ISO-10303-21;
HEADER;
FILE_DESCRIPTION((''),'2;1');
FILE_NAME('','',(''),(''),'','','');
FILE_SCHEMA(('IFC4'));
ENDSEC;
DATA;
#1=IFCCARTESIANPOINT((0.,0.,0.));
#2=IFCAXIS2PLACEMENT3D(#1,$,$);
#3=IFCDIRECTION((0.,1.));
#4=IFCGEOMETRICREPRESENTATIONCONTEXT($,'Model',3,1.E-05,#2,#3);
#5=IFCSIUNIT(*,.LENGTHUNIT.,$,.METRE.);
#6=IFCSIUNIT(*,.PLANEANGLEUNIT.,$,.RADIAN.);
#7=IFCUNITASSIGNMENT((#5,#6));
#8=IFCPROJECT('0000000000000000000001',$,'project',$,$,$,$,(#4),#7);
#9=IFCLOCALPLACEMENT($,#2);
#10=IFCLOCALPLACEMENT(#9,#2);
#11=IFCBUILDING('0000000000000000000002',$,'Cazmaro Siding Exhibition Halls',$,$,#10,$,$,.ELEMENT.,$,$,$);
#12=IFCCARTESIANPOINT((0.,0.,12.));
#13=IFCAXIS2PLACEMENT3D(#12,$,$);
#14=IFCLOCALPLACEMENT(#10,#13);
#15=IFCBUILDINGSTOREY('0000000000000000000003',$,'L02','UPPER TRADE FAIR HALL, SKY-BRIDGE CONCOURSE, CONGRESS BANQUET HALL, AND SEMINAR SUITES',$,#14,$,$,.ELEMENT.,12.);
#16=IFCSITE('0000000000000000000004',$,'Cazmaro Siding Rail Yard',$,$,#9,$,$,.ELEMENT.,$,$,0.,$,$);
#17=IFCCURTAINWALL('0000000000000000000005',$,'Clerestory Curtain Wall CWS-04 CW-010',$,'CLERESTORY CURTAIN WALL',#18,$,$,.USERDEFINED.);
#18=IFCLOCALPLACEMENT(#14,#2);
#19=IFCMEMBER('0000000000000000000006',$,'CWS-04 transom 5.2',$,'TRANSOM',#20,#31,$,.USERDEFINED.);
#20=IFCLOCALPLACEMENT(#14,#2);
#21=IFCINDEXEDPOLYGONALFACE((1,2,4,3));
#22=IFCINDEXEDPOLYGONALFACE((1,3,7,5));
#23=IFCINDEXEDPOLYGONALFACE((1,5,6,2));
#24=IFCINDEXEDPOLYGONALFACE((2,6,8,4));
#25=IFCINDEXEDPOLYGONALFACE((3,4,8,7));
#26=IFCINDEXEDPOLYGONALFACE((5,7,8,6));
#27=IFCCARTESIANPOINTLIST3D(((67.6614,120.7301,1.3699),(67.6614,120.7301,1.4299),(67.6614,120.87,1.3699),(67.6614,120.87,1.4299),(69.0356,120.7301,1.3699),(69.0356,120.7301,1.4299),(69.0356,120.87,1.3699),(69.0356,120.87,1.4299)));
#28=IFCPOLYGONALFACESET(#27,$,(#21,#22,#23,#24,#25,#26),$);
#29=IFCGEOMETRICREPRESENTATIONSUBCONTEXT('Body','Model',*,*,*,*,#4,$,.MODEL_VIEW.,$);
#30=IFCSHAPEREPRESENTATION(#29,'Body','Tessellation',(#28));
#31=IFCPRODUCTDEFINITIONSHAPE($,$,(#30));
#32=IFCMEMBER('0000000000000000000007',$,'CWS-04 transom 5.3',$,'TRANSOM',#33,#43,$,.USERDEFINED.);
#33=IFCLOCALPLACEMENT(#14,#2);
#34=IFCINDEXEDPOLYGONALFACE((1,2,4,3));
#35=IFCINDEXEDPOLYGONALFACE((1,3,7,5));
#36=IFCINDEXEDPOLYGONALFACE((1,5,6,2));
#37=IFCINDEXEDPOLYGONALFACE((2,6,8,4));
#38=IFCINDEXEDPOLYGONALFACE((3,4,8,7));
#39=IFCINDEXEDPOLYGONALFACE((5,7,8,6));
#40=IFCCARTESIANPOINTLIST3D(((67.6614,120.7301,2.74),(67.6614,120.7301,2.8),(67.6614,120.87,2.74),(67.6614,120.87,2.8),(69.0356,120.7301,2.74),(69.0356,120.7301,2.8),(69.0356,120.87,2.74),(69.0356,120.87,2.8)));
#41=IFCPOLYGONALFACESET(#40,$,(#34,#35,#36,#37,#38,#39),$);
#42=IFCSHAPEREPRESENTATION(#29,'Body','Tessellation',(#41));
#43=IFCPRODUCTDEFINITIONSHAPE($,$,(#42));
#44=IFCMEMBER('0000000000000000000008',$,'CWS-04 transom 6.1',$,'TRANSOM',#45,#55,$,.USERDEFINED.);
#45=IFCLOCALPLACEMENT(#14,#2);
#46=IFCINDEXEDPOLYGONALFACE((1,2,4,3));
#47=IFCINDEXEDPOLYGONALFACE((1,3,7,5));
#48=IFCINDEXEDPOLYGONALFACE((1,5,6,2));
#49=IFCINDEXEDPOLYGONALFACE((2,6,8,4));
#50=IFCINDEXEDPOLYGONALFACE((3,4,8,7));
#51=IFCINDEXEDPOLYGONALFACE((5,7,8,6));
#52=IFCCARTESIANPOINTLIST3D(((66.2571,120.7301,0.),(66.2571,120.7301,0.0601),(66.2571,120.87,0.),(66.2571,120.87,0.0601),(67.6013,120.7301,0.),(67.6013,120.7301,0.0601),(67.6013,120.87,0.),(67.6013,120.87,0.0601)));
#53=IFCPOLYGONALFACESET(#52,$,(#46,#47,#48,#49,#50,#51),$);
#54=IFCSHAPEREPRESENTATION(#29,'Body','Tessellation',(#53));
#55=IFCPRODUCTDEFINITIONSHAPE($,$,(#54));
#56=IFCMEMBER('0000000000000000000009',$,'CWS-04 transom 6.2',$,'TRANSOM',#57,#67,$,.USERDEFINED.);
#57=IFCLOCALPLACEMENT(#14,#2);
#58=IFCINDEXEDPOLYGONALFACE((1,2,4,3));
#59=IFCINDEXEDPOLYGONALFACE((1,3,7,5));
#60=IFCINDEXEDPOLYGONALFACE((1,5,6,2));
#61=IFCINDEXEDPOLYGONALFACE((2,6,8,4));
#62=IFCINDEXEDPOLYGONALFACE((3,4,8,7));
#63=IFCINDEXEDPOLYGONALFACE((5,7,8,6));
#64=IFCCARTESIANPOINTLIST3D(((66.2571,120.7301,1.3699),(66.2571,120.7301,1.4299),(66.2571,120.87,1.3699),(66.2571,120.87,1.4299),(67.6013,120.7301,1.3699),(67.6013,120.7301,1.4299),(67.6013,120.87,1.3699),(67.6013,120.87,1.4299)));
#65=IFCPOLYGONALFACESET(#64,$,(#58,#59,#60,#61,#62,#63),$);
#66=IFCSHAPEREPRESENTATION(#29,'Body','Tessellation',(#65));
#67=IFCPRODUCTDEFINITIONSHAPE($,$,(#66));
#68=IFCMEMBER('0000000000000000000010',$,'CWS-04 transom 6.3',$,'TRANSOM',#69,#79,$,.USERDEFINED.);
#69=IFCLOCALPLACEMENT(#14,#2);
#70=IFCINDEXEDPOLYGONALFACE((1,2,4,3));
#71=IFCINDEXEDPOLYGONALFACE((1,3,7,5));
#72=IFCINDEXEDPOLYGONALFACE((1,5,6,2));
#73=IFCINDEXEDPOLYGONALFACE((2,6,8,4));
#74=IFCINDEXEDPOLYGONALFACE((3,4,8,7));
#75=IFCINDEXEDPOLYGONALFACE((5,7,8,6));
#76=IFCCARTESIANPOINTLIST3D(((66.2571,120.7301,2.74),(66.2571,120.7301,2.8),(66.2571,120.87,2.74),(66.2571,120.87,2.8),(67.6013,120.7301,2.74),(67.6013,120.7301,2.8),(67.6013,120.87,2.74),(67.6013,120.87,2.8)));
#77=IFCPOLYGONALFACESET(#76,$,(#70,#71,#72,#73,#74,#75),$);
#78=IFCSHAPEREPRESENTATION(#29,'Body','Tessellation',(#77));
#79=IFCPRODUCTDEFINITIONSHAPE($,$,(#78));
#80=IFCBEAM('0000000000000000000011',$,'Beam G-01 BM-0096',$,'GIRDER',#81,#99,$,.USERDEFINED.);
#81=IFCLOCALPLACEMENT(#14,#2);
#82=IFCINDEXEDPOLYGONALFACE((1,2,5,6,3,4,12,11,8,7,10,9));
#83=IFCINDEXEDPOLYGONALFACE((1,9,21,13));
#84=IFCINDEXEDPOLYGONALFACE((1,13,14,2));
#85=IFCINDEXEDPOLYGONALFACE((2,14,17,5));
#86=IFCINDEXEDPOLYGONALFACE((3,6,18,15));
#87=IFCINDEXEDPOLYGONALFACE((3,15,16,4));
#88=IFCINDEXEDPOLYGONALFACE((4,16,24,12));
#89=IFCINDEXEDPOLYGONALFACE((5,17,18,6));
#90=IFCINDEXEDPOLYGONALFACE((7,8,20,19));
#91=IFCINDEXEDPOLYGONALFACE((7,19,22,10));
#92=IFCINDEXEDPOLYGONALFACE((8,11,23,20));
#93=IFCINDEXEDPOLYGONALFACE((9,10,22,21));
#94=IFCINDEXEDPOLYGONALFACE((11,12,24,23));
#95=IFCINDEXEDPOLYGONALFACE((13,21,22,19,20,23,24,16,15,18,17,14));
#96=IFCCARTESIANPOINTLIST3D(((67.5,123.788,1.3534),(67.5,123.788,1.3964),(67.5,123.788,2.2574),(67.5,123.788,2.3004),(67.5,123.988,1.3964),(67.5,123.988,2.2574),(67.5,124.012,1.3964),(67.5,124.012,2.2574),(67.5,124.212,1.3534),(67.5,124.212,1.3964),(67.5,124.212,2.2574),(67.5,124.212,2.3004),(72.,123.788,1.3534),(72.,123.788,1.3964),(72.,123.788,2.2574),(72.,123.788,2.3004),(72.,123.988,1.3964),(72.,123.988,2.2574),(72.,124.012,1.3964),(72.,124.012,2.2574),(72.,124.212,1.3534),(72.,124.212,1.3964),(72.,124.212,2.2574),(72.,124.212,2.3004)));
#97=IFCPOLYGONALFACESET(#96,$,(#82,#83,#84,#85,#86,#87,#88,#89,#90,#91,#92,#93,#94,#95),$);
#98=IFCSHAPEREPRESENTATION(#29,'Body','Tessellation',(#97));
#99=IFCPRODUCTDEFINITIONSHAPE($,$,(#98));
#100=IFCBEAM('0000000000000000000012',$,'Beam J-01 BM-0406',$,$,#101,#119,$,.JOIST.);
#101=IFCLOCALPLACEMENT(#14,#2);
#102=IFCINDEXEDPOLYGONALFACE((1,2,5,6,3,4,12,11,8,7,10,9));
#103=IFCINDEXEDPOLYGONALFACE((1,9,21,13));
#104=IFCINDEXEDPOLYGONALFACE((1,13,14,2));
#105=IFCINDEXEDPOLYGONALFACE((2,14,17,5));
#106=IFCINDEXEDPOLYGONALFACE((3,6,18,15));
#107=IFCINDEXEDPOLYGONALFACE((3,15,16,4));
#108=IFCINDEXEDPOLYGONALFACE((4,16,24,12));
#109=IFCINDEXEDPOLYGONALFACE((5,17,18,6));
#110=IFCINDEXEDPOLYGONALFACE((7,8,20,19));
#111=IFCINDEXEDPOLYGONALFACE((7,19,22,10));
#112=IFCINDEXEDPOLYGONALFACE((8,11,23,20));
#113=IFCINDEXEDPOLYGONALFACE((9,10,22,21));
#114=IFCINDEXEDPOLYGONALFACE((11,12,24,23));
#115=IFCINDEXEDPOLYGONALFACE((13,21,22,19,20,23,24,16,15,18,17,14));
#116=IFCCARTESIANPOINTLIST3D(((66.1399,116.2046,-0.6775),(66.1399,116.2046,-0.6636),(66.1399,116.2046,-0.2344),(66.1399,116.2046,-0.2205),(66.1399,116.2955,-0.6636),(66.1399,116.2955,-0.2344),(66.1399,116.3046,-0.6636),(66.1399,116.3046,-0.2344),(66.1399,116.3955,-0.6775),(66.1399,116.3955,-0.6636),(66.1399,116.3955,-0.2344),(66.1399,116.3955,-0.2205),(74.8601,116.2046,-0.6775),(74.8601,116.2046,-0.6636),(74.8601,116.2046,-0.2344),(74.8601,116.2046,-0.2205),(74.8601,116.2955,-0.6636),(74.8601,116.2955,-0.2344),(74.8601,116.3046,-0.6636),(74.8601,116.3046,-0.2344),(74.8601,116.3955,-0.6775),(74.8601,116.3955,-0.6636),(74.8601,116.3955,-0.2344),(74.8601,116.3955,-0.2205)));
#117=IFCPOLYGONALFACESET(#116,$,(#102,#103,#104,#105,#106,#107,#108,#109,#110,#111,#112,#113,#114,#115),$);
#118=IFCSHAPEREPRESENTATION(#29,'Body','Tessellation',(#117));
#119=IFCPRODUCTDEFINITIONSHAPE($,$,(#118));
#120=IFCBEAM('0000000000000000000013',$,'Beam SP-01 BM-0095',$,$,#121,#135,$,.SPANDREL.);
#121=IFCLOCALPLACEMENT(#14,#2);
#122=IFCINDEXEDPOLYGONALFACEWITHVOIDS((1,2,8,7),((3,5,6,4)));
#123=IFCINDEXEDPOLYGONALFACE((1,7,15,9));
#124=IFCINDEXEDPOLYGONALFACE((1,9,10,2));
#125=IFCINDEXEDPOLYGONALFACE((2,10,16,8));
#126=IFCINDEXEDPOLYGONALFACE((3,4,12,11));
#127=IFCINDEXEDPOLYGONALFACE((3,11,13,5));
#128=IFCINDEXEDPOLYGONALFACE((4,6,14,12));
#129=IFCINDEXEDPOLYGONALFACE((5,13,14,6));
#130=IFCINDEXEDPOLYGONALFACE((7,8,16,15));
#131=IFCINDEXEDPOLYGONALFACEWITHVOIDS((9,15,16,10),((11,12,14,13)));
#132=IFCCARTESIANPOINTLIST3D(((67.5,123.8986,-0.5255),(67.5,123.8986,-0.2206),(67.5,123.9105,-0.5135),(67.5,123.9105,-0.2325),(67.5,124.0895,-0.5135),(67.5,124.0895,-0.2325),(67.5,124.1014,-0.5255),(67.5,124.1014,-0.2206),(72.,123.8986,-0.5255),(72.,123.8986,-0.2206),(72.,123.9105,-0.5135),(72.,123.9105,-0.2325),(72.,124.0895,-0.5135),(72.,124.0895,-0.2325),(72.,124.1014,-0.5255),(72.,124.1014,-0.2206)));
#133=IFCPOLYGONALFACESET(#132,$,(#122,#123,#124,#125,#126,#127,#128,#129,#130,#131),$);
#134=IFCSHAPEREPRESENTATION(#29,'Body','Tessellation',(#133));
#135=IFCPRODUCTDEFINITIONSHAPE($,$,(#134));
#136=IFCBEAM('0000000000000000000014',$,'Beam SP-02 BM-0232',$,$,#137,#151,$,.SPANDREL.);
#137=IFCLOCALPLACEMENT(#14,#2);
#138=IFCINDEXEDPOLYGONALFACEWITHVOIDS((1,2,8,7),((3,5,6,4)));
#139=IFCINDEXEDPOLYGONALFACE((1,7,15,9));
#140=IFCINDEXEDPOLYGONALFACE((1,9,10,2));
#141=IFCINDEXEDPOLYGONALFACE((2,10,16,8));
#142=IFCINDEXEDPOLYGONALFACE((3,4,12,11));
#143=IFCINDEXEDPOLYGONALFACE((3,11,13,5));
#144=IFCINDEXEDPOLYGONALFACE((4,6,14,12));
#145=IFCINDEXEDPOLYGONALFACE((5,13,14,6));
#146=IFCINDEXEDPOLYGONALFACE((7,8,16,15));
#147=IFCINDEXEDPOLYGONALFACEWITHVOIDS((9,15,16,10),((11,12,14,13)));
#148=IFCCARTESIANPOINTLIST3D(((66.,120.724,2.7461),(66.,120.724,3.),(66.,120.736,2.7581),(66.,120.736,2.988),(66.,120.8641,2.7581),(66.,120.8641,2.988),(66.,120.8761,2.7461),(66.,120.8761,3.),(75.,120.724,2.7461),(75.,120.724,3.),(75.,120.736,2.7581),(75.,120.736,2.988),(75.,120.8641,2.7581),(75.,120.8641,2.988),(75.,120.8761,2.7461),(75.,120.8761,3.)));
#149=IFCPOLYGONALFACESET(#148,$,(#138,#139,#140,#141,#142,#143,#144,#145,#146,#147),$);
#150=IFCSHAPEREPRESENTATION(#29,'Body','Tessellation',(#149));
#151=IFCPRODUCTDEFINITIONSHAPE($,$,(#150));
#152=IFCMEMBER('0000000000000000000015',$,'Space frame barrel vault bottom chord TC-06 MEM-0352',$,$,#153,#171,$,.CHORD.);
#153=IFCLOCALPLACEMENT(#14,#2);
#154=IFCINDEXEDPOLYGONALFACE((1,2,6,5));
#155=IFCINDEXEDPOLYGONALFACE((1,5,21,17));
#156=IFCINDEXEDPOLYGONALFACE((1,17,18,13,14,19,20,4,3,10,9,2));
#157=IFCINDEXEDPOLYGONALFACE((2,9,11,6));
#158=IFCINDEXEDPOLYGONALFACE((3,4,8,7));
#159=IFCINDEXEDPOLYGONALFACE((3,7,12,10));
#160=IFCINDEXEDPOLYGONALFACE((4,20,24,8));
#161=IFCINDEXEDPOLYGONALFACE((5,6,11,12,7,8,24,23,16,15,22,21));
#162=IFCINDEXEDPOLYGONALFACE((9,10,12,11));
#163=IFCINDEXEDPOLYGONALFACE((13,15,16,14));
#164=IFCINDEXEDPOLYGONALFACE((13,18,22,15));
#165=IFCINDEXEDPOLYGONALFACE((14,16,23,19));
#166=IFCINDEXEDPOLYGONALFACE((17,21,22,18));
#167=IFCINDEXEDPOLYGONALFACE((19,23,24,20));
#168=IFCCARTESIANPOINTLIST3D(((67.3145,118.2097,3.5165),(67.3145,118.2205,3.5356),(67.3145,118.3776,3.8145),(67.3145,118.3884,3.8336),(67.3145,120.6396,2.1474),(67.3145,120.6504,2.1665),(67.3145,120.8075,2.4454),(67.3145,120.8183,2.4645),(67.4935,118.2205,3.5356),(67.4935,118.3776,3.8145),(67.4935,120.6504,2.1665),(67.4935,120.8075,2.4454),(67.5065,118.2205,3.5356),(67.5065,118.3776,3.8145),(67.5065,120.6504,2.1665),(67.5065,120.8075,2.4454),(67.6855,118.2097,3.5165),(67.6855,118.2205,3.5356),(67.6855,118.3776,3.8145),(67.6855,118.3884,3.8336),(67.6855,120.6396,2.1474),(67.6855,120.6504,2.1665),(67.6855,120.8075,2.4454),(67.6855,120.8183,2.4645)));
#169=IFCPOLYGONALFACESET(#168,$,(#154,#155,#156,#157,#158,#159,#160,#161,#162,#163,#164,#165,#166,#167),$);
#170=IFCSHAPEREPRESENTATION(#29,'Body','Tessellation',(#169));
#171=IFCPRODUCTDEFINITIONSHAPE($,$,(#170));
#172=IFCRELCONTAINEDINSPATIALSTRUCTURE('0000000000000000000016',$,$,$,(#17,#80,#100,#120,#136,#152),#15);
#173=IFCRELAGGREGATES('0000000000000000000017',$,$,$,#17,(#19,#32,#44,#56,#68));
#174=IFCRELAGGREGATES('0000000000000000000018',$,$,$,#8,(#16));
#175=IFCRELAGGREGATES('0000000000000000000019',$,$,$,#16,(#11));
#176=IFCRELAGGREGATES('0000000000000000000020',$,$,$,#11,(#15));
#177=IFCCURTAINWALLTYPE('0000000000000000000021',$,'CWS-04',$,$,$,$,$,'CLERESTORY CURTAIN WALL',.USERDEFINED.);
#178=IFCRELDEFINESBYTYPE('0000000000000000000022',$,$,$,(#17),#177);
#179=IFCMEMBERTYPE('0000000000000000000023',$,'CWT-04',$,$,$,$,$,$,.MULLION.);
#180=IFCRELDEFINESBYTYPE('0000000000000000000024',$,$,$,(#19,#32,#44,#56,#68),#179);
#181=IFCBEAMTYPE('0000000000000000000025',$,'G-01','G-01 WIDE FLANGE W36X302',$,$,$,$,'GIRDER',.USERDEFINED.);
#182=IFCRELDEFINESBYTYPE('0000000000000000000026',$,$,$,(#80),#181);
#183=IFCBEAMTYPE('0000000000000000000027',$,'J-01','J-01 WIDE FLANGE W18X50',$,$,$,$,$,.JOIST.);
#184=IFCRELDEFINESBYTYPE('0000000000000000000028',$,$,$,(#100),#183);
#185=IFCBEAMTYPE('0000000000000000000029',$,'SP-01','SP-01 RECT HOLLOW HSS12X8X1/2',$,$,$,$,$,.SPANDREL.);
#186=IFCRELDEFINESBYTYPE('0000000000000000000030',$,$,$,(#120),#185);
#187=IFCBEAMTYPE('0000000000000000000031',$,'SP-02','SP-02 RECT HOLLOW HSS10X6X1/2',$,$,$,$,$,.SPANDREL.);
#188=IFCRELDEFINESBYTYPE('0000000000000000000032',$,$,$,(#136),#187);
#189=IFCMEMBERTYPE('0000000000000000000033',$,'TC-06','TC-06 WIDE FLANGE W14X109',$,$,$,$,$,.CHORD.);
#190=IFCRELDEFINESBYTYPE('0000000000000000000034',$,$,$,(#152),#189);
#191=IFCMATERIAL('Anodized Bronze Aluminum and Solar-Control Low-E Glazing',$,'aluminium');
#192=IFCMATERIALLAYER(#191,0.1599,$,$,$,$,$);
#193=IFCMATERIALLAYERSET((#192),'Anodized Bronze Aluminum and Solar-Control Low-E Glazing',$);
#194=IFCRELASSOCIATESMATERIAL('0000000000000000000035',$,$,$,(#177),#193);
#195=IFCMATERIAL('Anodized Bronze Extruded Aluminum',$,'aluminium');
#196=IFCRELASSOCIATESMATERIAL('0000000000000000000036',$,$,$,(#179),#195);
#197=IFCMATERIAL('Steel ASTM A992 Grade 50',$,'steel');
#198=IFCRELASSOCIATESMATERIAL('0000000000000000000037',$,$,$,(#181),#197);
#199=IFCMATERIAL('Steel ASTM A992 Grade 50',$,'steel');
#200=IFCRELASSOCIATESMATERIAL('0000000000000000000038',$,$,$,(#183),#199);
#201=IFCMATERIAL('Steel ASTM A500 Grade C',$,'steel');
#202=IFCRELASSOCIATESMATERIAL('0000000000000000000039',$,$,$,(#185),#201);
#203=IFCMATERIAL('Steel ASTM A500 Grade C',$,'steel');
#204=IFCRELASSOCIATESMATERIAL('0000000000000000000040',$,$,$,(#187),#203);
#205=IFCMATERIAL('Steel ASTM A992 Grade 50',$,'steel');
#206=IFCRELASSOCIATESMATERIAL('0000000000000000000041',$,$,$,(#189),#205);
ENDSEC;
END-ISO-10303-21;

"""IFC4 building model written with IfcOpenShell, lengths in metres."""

from ifc_helpers import new_model, si_unit, direction, frame, origin, origin_2d, place, context, subcontext, project, spatial, rectangle, hollow_rectangle, i_section, extrude, material, layer, layer_set, material_profile, profile_set, type_object, element, aggregate, save


model = new_model("IFC4")

# Units and contexts
model_context = context("Model", 3, precision=1e-05, world=origin(), true_north=direction((0.0, 1.0)))
body_context = subcontext(model_context, "Body", "Model", "MODEL_VIEW")
ifc_project = project(units=[si_unit("LENGTHUNIT", "METRE"), si_unit("PLANEANGLEUNIT", "RADIAN")], contexts=[model_context])

# Site, building, storey
site_placement = place(None, origin())
site = spatial("IfcSite", under=ifc_project, at=site_placement, Name="Cazmaro Siding Rail Yard", CompositionType="ELEMENT", RefElevation=0.0)
building_placement = place(site_placement, origin())
building = spatial("IfcBuilding", under=site, at=building_placement, Name="Cazmaro Siding Exhibition Halls", CompositionType="ELEMENT")
storey_placement = place(building_placement, frame((0.0, 0.0, 12.0)))
storey = spatial("IfcBuildingStorey", under=building, at=storey_placement, Name="L02", Description="UPPER TRADE FAIR HALL, SKY-BRIDGE CONCOURSE, CONGRESS BANQUET HALL, AND SEMINAR SUITES", CompositionType="ELEMENT", Elevation=12.0)

# Shared definitions
ifc_material_1 = material(Name="Anodized Bronze Aluminum and Solar-Control Low-E Glazing", Category="aluminium")
ifc_layer_1 = layer(ifc_material_1, 0.1599)
ifc_layer_set_1 = layer_set([ifc_layer_1], Name="Anodized Bronze Aluminum and Solar-Control Low-E Glazing")
curtain_wall_type = type_object("IfcCurtainWallType", Name="CWS-04", ElementType="CLERESTORY CURTAIN WALL", PredefinedType="USERDEFINED", material=ifc_layer_set_1)

# Curtain wall
curtain_wall_1_placement = place(storey_placement, origin())
curtain_wall_1 = element("IfcCurtainWall", 1, at=curtain_wall_1_placement, inside=storey, type_object=curtain_wall_type, Name="Clerestory Curtain Wall CWS-04 CW-010", ObjectType="CLERESTORY CURTAIN WALL", PredefinedType="USERDEFINED")

# Members
ifc_material_2 = material(Name="Anodized Bronze Extruded Aluminum", Category="aluminium")
ifc_material_profile_1 = material_profile(ifc_material_2, rectangle(XDim=0.1399, YDim=0.0601, at=origin_2d()), Name="CWT-04")
ifc_profile_set_1 = profile_set([ifc_material_profile_1], Name="Anodized Bronze Extruded Aluminum")
member_type_1 = type_object("IfcMemberType", Name="CWT-04", PredefinedType="MULLION", material=ifc_profile_set_1)
member_1_placement = place(storey_placement, frame((69.0356, 120.8, 1.3999), z_axis=(-1.0, 0.0, 0.0), x_axis=(0.0, -1.0, 0.0)))
member_1 = element("IfcMember", 2, at=member_1_placement, type_object=member_type_1, Name="CWS-04 transom 5.2", ObjectType="TRANSOM", PredefinedType="USERDEFINED", context=body_context, shape_type="SweptSolid", body=[
    extrude(rectangle(XDim=0.1399, YDim=0.0601, at=origin_2d()), origin(), (0.0, 0.0, 1.0), 1.3743),
])
member_2_placement = place(storey_placement, frame((69.0356, 120.8, 2.77), z_axis=(-1.0, 0.0, 0.0), x_axis=(0.0, -1.0, 0.0)))
member_2 = element("IfcMember", 3, at=member_2_placement, type_object=member_type_1, Name="CWS-04 transom 5.3", ObjectType="TRANSOM", PredefinedType="USERDEFINED", context=body_context, shape_type="SweptSolid", body=[
    extrude(rectangle(XDim=0.1399, YDim=0.0601, at=origin_2d()), origin(), (0.0, 0.0, 1.0), 1.3743),
])
member_3_placement = place(storey_placement, frame((67.6013, 120.8, 0.03), z_axis=(-1.0, 0.0, 0.0), x_axis=(0.0, -1.0, 0.0)))
member_3 = element("IfcMember", 4, at=member_3_placement, type_object=member_type_1, Name="CWS-04 transom 6.1", ObjectType="TRANSOM", PredefinedType="USERDEFINED", context=body_context, shape_type="SweptSolid", body=[
    extrude(rectangle(XDim=0.1399, YDim=0.0601, at=origin_2d()), origin(), (0.0, 0.0, 1.0), 1.3442),
])
member_4_placement = place(storey_placement, frame((67.6013, 120.8, 1.3999), z_axis=(-1.0, 0.0, 0.0), x_axis=(0.0, -1.0, 0.0)))
member_4 = element("IfcMember", 5, at=member_4_placement, type_object=member_type_1, Name="CWS-04 transom 6.2", ObjectType="TRANSOM", PredefinedType="USERDEFINED", context=body_context, shape_type="SweptSolid", body=[
    extrude(rectangle(XDim=0.1399, YDim=0.0601, at=origin_2d()), origin(), (0.0, 0.0, 1.0), 1.3442),
])
member_5_placement = place(storey_placement, frame((67.6013, 120.8, 2.77), z_axis=(-1.0, 0.0, 0.0), x_axis=(0.0, -1.0, 0.0)))
member_5 = element("IfcMember", 6, at=member_5_placement, type_object=member_type_1, Name="CWS-04 transom 6.3", ObjectType="TRANSOM", PredefinedType="USERDEFINED", context=body_context, shape_type="SweptSolid", body=[
    extrude(rectangle(XDim=0.1399, YDim=0.0601, at=origin_2d()), origin(), (0.0, 0.0, 1.0), 1.3442),
])

# Beams
ifc_material_3 = material(Name="Steel ASTM A992 Grade 50", Category="steel")
ifc_material_profile_2 = material_profile(ifc_material_3, i_section(OverallWidth=0.4241, OverallDepth=0.947, WebThickness=0.0239, FlangeThickness=0.043, at=origin_2d()), Name="W36X302")
ifc_profile_set_2 = profile_set([ifc_material_profile_2], Name="Steel ASTM A992 Grade 50")
beam_type_1 = type_object("IfcBeamType", Name="G-01", Description="G-01 WIDE FLANGE W36X302", ElementType="GIRDER", PredefinedType="USERDEFINED", material=ifc_profile_set_2)
beam_1_placement = place(storey_placement, frame((67.5, 124.0, 1.8269), z_axis=(1.0, 0.0, 0.0), x_axis=(0.0, 1.0, 0.0)))
element("IfcBeam", 7, at=beam_1_placement, inside=storey, type_object=beam_type_1, Name="Beam G-01 BM-0096", ObjectType="GIRDER", PredefinedType="USERDEFINED", context=body_context, shape_type="SweptSolid", body=[
    extrude(i_section(OverallWidth=0.4241, OverallDepth=0.947, WebThickness=0.0239, FlangeThickness=0.043, at=origin_2d()), origin(), (0.0, 0.0, 1.0), 4.5),
])
ifc_material_4 = material(Name="Steel ASTM A992 Grade 50", Category="steel")
ifc_material_profile_3 = material_profile(ifc_material_4, i_section(OverallWidth=0.1909, OverallDepth=0.457, WebThickness=0.009, FlangeThickness=0.0139, at=origin_2d()), Name="W18X50")
ifc_profile_set_3 = profile_set([ifc_material_profile_3], Name="Steel ASTM A992 Grade 50")
beam_type_2 = type_object("IfcBeamType", Name="J-01", Description="J-01 WIDE FLANGE W18X50", PredefinedType="JOIST", material=ifc_profile_set_3)
beam_2_placement = place(storey_placement, frame((66.1399, 116.3, -0.449), z_axis=(1.0, 0.0, 0.0), x_axis=(0.0, 1.0, 0.0)))
element("IfcBeam", 8, at=beam_2_placement, inside=storey, type_object=beam_type_2, Name="Beam J-01 BM-0406", PredefinedType="JOIST", context=body_context, shape_type="SweptSolid", body=[
    extrude(i_section(OverallWidth=0.1909, OverallDepth=0.457, WebThickness=0.009, FlangeThickness=0.0139, at=origin_2d()), origin(), (0.0, 0.0, 1.0), 8.7202),
])
ifc_material_5 = material(Name="Steel ASTM A500 Grade C", Category="steel")
ifc_material_profile_4 = material_profile(ifc_material_5, hollow_rectangle(XDim=0.2029, YDim=0.3049, WallThickness=0.012, at=origin_2d()), Name="HSS12X8X1/2")
ifc_profile_set_4 = profile_set([ifc_material_profile_4], Name="Steel ASTM A500 Grade C")
beam_type_3 = type_object("IfcBeamType", Name="SP-01", Description="SP-01 RECT HOLLOW HSS12X8X1/2", PredefinedType="SPANDREL", material=ifc_profile_set_4)
beam_3_placement = place(storey_placement, frame((67.5, 124.0, -0.373), z_axis=(1.0, 0.0, 0.0), x_axis=(0.0, 1.0, 0.0)))
element("IfcBeam", 9, at=beam_3_placement, inside=storey, type_object=beam_type_3, Name="Beam SP-01 BM-0095", PredefinedType="SPANDREL", context=body_context, shape_type="SweptSolid", body=[
    extrude(hollow_rectangle(XDim=0.2029, YDim=0.3049, WallThickness=0.012, at=origin_2d()), origin(), (0.0, 0.0, 1.0), 4.5),
])
ifc_material_6 = material(Name="Steel ASTM A500 Grade C", Category="steel")
ifc_material_profile_5 = material_profile(ifc_material_6, hollow_rectangle(XDim=0.1521, YDim=0.2539, WallThickness=0.012, at=origin_2d()), Name="HSS10X6X1/2")
ifc_profile_set_5 = profile_set([ifc_material_profile_5], Name="Steel ASTM A500 Grade C")
beam_type_4 = type_object("IfcBeamType", Name="SP-02", Description="SP-02 RECT HOLLOW HSS10X6X1/2", PredefinedType="SPANDREL", material=ifc_profile_set_5)
beam_4_placement = place(storey_placement, frame((66.0, 120.8, 2.873), z_axis=(1.0, 0.0, 0.0), x_axis=(0.0, 1.0, 0.0)))
element("IfcBeam", 10, at=beam_4_placement, inside=storey, type_object=beam_type_4, Name="Beam SP-02 BM-0232", PredefinedType="SPANDREL", context=body_context, shape_type="SweptSolid", body=[
    extrude(hollow_rectangle(XDim=0.1521, YDim=0.2539, WallThickness=0.012, at=origin_2d()), origin(), (0.0, 0.0, 1.0), 9.0),
])

# Member
ifc_material_7 = material(Name="Steel ASTM A992 Grade 50", Category="steel")
ifc_material_profile_6 = material_profile(ifc_material_7, i_section(OverallWidth=0.3711, OverallDepth=0.364, WebThickness=0.0129, FlangeThickness=0.022, at=origin_2d()), Name="W14X109")
ifc_profile_set_6 = profile_set([ifc_material_profile_6], Name="Steel ASTM A992 Grade 50")
member_type_2 = type_object("IfcMemberType", Name="TC-06", Description="TC-06 WIDE FLANGE W14X109", PredefinedType="CHORD", material=ifc_profile_set_6)
member_6_placement = place(storey_placement, frame((67.5, 118.2991, 3.675), z_axis=(0.0, 0.871222, -0.490889), x_axis=(-1.0, 0.0, 0.0)))
element("IfcMember", 11, at=member_6_placement, inside=storey, type_object=member_type_2, Name="Space frame barrel vault bottom chord TC-06 MEM-0352", PredefinedType="CHORD", context=body_context, shape_type="SweptSolid", body=[
    extrude(i_section(OverallWidth=0.3711, OverallDepth=0.364, WebThickness=0.0129, FlangeThickness=0.022, at=origin_2d()), origin(), (0.0, 0.0, 1.0), 2.7891),
])

aggregate(curtain_wall_1, [member_1, member_2, member_3, member_4, member_5])

save(model, "model.ifc")
